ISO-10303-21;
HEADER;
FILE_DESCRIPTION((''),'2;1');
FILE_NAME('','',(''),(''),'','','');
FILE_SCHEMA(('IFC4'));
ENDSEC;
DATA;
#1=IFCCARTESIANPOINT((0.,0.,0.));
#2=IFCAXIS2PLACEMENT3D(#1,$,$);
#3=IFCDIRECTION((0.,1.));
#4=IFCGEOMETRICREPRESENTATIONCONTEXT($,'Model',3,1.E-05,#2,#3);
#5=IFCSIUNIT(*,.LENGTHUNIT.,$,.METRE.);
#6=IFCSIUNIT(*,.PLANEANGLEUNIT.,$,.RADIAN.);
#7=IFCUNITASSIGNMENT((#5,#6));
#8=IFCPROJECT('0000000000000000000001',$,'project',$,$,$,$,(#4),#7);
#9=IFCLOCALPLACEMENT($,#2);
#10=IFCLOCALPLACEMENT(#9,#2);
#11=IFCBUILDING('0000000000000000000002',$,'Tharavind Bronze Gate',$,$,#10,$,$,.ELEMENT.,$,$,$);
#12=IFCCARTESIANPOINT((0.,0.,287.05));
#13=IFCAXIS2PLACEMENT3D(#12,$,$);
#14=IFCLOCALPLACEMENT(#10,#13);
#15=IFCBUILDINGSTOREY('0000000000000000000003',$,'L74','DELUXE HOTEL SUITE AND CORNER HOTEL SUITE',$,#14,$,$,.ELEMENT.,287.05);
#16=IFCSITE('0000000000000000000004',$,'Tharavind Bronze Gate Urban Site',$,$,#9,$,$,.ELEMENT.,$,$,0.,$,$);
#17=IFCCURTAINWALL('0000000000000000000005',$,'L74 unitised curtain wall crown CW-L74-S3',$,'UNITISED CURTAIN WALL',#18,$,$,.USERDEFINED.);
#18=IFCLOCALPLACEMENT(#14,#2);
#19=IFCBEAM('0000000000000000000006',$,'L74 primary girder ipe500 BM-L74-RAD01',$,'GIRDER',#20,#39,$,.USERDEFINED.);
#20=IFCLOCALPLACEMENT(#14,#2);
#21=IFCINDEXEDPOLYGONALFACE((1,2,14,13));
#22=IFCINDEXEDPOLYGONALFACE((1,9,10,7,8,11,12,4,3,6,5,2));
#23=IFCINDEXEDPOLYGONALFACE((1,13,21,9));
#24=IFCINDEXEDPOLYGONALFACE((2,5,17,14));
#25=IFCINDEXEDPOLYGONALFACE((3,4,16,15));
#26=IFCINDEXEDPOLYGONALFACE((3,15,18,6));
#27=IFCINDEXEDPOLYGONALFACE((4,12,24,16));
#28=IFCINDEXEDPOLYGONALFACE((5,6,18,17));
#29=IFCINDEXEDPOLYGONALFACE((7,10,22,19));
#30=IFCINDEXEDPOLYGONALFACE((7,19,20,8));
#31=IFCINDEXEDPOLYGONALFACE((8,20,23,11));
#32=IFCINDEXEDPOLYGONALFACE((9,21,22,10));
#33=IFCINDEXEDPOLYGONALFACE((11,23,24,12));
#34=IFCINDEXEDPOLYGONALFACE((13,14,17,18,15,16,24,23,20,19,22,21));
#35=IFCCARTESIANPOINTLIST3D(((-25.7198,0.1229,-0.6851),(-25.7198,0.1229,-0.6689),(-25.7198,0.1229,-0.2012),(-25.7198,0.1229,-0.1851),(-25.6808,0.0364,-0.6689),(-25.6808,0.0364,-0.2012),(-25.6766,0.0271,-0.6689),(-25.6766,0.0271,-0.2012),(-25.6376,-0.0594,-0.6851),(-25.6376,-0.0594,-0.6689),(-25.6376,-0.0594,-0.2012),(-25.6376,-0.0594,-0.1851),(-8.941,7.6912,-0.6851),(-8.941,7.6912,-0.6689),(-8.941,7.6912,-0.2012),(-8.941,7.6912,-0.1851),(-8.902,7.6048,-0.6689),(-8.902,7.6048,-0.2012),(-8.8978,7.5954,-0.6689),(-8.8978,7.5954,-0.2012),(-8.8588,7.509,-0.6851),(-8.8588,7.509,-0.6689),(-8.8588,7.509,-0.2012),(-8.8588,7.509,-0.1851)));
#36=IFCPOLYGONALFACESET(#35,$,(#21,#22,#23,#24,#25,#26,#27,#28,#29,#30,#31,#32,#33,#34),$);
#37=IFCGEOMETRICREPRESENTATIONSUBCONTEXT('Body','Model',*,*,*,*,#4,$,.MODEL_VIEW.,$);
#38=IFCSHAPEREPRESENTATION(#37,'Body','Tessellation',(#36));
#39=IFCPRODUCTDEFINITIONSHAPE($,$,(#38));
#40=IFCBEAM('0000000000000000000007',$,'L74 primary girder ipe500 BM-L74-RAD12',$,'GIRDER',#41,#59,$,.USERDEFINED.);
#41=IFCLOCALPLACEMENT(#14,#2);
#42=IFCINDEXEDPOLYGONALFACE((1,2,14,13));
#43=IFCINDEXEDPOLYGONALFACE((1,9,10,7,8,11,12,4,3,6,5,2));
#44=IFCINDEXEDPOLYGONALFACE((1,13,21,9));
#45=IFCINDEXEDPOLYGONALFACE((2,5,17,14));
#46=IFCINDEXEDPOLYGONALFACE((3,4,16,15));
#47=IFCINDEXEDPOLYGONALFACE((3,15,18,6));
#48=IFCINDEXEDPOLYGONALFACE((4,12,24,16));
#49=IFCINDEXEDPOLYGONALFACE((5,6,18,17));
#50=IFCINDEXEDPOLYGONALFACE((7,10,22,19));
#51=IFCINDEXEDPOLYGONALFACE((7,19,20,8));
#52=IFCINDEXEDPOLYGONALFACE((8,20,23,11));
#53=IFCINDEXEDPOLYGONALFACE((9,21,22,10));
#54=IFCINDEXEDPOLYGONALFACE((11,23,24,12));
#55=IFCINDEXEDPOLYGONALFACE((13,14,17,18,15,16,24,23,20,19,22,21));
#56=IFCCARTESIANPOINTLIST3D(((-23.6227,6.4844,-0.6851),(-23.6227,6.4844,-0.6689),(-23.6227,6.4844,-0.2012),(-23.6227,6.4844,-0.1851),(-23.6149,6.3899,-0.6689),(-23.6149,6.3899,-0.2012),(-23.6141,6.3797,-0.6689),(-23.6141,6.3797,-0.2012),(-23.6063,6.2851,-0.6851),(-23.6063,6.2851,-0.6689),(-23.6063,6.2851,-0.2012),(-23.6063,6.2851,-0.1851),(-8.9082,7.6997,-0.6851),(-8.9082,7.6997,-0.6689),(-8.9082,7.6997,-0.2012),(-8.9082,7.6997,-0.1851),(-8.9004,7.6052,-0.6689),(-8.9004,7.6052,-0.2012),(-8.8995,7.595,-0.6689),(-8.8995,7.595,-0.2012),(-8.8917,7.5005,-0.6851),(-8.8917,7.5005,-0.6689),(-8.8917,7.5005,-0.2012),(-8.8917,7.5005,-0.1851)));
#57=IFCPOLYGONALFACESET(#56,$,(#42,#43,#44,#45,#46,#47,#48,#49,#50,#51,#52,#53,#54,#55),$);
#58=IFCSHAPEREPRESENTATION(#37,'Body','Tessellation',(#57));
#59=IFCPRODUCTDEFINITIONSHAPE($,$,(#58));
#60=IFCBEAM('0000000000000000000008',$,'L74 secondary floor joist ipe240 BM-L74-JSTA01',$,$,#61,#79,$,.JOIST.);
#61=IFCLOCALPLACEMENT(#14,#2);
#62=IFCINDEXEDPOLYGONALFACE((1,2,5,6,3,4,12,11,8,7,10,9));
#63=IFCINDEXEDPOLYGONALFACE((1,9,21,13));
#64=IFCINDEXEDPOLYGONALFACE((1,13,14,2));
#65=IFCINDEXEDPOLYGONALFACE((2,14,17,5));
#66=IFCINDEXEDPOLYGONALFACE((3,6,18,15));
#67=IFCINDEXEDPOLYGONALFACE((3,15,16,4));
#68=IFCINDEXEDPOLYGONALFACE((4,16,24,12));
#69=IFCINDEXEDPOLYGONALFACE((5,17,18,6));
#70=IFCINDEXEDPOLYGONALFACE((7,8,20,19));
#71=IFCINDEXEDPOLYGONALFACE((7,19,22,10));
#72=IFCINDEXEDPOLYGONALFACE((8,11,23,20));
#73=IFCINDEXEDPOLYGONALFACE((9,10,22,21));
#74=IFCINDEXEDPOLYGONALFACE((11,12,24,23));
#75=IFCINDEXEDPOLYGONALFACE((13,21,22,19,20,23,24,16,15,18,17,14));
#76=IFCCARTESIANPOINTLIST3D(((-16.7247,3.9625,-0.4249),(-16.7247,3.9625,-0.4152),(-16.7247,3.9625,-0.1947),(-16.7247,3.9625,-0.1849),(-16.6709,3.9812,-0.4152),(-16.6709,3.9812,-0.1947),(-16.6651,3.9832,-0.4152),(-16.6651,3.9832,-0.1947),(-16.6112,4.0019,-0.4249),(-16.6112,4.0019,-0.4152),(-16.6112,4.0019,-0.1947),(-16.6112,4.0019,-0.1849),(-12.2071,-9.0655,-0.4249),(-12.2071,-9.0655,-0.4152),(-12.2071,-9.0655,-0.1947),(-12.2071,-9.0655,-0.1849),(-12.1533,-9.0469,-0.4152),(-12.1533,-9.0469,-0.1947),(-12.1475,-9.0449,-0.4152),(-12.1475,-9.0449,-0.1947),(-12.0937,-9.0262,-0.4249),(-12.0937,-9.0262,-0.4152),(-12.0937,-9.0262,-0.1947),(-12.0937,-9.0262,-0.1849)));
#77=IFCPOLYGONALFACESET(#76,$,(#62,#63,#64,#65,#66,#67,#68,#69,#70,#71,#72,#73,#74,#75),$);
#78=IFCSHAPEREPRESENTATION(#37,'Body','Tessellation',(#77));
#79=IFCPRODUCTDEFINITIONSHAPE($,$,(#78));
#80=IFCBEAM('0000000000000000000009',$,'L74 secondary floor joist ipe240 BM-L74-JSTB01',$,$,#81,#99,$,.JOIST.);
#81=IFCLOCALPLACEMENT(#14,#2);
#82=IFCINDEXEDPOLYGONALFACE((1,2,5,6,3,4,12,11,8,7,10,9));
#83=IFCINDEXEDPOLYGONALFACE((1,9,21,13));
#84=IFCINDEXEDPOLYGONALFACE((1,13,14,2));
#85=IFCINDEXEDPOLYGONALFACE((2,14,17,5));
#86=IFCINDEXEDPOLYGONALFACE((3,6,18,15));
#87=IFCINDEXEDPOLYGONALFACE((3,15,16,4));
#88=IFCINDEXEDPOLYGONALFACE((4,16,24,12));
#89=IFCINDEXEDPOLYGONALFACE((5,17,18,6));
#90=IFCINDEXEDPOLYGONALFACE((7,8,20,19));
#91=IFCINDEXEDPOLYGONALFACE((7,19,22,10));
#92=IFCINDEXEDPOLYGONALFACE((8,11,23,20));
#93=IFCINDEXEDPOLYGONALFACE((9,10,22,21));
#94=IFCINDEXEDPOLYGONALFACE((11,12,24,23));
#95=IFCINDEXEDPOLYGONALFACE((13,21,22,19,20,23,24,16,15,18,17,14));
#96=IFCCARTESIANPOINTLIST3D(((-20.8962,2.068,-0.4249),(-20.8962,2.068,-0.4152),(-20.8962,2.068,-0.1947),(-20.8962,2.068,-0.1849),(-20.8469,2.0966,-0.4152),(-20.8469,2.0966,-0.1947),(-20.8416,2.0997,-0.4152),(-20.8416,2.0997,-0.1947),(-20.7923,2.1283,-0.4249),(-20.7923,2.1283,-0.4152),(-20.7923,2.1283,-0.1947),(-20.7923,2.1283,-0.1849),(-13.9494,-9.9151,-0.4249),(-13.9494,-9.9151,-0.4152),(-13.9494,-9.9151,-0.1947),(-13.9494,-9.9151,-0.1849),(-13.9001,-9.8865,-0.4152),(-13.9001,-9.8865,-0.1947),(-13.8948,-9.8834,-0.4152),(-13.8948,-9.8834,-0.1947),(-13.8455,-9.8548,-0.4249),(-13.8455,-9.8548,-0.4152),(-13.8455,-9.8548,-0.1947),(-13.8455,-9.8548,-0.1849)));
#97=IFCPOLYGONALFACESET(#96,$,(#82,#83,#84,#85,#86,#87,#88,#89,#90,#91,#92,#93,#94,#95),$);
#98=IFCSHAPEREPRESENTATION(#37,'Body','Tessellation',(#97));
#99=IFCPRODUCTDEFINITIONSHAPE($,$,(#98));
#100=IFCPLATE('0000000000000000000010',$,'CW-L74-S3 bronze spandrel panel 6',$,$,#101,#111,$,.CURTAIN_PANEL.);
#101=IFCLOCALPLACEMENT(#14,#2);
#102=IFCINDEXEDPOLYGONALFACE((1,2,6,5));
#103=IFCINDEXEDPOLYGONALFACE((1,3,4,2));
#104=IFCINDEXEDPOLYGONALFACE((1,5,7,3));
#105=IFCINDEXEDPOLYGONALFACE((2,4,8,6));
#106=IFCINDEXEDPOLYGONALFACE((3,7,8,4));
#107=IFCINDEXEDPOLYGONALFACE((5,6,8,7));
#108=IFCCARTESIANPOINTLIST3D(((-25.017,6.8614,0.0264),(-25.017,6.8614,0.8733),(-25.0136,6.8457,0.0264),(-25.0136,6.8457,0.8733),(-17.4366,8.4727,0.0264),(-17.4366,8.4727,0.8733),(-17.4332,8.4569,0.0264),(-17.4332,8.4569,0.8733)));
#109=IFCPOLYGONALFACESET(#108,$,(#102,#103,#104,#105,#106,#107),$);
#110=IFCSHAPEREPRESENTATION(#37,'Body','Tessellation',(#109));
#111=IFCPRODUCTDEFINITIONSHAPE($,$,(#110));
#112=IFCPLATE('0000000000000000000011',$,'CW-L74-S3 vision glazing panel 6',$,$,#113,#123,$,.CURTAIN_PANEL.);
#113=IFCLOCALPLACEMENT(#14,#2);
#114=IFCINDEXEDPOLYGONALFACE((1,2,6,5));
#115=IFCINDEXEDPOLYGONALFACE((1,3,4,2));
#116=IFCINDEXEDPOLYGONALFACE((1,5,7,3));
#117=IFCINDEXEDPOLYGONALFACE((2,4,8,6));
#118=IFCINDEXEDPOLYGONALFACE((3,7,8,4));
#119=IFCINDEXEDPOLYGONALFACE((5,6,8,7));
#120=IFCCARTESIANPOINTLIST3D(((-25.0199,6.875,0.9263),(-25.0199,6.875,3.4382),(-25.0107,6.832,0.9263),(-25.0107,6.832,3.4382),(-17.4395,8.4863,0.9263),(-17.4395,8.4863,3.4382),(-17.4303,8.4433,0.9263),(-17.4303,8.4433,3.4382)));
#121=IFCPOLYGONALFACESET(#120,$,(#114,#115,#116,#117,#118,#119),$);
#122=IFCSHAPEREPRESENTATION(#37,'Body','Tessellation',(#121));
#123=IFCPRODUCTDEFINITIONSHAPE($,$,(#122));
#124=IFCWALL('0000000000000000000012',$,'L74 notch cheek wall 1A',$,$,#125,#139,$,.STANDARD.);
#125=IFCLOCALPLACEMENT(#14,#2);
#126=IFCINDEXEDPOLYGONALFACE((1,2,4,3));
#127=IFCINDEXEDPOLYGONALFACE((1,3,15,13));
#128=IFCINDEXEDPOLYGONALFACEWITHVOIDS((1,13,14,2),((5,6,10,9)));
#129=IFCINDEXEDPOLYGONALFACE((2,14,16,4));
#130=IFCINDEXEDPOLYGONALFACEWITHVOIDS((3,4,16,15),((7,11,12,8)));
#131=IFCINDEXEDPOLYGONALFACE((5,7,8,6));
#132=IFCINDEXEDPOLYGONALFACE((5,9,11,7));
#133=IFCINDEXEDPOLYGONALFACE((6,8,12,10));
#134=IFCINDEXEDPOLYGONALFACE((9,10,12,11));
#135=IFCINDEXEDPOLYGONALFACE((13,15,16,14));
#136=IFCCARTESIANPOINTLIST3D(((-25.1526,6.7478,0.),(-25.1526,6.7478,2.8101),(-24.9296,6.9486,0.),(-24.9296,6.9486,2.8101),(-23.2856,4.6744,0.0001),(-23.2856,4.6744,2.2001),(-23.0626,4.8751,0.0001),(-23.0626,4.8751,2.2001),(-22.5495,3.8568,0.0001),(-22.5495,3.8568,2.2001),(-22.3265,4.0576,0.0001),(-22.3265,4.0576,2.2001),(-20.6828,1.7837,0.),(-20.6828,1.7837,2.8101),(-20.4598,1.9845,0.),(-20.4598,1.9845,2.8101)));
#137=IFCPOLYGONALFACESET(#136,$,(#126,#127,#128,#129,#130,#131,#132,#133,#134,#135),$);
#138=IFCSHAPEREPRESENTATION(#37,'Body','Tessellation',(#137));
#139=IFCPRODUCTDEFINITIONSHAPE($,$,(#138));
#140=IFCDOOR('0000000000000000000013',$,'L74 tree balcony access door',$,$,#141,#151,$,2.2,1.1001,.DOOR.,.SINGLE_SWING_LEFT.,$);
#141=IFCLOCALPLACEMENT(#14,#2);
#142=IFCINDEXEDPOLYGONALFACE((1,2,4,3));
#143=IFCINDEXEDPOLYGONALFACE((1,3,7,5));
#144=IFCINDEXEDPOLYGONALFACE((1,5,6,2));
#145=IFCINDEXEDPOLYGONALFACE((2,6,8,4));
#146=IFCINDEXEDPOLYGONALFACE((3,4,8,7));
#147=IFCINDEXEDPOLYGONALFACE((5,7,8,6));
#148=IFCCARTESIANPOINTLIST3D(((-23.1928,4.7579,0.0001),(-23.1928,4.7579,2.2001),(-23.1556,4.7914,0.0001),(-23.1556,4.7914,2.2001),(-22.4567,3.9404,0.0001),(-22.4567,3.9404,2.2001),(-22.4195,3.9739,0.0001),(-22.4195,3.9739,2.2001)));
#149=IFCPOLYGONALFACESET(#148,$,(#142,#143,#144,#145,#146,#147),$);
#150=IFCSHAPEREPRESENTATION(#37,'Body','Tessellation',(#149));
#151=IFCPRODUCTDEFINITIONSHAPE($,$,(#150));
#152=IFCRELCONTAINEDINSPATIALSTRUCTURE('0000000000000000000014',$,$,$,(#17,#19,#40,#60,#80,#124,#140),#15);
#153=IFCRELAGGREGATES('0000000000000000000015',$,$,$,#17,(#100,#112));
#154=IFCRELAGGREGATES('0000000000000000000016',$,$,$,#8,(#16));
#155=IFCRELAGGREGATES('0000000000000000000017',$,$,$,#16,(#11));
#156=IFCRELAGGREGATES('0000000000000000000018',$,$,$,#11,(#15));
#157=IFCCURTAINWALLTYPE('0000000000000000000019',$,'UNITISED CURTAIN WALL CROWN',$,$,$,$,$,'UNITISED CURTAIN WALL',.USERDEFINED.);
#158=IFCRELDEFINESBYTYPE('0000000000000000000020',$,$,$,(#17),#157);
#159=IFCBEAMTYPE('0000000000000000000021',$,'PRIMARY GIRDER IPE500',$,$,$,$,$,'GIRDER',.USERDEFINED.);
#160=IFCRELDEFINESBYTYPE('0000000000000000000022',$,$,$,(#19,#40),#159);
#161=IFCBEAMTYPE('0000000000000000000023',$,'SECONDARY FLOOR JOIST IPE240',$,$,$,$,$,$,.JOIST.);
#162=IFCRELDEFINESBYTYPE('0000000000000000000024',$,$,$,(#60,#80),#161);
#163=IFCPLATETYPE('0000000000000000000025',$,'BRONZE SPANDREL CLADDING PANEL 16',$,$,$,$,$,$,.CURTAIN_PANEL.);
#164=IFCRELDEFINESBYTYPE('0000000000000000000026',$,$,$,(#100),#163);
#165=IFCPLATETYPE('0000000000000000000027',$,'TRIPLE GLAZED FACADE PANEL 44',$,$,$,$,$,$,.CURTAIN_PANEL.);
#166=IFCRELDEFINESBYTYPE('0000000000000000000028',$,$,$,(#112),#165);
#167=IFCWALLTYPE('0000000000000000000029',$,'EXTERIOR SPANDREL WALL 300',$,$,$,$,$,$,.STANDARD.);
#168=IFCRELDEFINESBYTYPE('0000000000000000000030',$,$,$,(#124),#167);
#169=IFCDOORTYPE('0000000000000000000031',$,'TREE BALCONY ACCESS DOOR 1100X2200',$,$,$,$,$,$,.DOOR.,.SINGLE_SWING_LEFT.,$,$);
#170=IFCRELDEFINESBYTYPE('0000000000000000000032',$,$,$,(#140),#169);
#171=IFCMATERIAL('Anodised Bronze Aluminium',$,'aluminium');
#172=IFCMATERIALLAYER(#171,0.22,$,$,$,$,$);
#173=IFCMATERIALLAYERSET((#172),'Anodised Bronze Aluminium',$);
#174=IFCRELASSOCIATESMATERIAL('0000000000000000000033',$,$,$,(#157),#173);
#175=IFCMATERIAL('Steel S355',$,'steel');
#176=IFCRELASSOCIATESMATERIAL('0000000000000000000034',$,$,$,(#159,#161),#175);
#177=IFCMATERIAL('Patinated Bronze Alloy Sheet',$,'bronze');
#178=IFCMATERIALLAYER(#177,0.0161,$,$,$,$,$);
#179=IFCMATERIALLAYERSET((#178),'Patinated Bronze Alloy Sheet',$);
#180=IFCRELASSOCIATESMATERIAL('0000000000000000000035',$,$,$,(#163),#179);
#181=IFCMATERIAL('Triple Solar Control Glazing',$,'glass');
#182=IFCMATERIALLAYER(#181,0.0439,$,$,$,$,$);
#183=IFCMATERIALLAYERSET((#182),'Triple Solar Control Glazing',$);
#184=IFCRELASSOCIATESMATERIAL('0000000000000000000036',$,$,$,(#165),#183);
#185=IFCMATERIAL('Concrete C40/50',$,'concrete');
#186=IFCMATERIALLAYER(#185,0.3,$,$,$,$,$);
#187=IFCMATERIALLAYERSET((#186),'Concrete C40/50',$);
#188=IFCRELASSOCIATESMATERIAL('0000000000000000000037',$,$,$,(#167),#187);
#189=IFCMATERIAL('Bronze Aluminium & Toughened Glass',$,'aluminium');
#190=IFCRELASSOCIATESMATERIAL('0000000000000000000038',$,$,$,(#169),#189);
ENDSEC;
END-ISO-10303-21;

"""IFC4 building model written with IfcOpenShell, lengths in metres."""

from ifc_helpers import new_model, si_unit, direction, frame, frame_2d, origin, origin_2d, place, context, subcontext, project, spatial, rectangle, i_section, extrude, material, layer, layer_set, material_profile, profile_set, type_object, element, fill, aggregate, save


model = new_model("IFC4")

# Units and contexts
model_context = context("Model", 3, precision=1e-05, world=origin(), true_north=direction((0.0, 1.0)))
body_context = subcontext(model_context, "Body", "Model", "MODEL_VIEW")
ifc_project = project(units=[si_unit("LENGTHUNIT", "METRE"), si_unit("PLANEANGLEUNIT", "RADIAN")], contexts=[model_context])

# Site, building, storey
site_placement = place(None, origin())
site = spatial("IfcSite", under=ifc_project, at=site_placement, Name="Tharavind Bronze Gate Urban Site", CompositionType="ELEMENT", RefElevation=0.0)
building_placement = place(site_placement, origin())
building = spatial("IfcBuilding", under=site, at=building_placement, Name="Tharavind Bronze Gate", CompositionType="ELEMENT")
storey_placement = place(building_placement, frame((0.0, 0.0, 287.05)))
storey = spatial("IfcBuildingStorey", under=building, at=storey_placement, Name="L74", Description="DELUXE HOTEL SUITE AND CORNER HOTEL SUITE", CompositionType="ELEMENT", Elevation=287.05)

# Shared definitions
ifc_material_1 = material(Name="Anodised Bronze Aluminium", Category="aluminium")
ifc_layer_1 = layer(ifc_material_1, 0.22)
ifc_layer_set_1 = layer_set([ifc_layer_1], Name="Anodised Bronze Aluminium")
curtain_wall_type = type_object("IfcCurtainWallType", Name="UNITISED CURTAIN WALL CROWN", ElementType="UNITISED CURTAIN WALL", PredefinedType="USERDEFINED", material=ifc_layer_set_1)

# Curtain wall
curtain_wall_1_placement = place(storey_placement, origin())
curtain_wall_1 = element("IfcCurtainWall", 1, at=curtain_wall_1_placement, inside=storey, type_object=curtain_wall_type, Name="L74 unitised curtain wall crown CW-L74-S3", ObjectType="UNITISED CURTAIN WALL", PredefinedType="USERDEFINED")

# Beams
ifc_material_2 = material(Name="Steel S355", Category="steel")
ifc_material_profile_1 = material_profile(ifc_material_2, i_section(OverallWidth=0.2, OverallDepth=0.5, WebThickness=0.0103, FlangeThickness=0.0161, at=origin_2d()), Name="IPE500")
ifc_profile_set_1 = profile_set([ifc_material_profile_1], Name="Steel S355")
beam_type_1 = type_object("IfcBeamType", Name="PRIMARY GIRDER IPE500", ElementType="GIRDER", PredefinedType="USERDEFINED", material=ifc_profile_set_1)
beam_1_placement = place(storey_placement, frame((-25.6787, 0.0317, -0.4351), z_axis=(0.911557, 0.411173, 0.0), x_axis=(-0.411173, 0.911557, 0.0)))
element("IfcBeam", 2, at=beam_1_placement, inside=storey, type_object=beam_type_1, Name="L74 primary girder ipe500 BM-L74-RAD01", ObjectType="GIRDER", PredefinedType="USERDEFINED", context=body_context, shape_type="SweptSolid", body=[
    extrude(i_section(OverallWidth=0.2, OverallDepth=0.5, WebThickness=0.0103, FlangeThickness=0.0161, at=origin_2d()), origin(), (0.0, 0.0, 1.0), 18.4067),
])
beam_2_placement = place(storey_placement, frame((-23.6145, 6.3848, -0.4351), z_axis=(0.996606, 0.082313, 0.0), x_axis=(-0.082313, 0.996606, 0.0)))
element("IfcBeam", 3, at=beam_2_placement, inside=storey, type_object=beam_type_1, Name="L74 primary girder ipe500 BM-L74-RAD12", ObjectType="GIRDER", PredefinedType="USERDEFINED", context=body_context, shape_type="SweptSolid", body=[
    extrude(i_section(OverallWidth=0.2, OverallDepth=0.5, WebThickness=0.0103, FlangeThickness=0.0161, at=origin_2d()), origin(), (0.0, 0.0, 1.0), 14.7646),
])
ifc_material_profile_2 = material_profile(ifc_material_2, i_section(OverallWidth=0.1201, OverallDepth=0.24, WebThickness=0.0061, FlangeThickness=0.0098, at=origin_2d()), Name="IPE240")
ifc_profile_set_2 = profile_set([ifc_material_profile_2], Name="Steel S355")
beam_type_2 = type_object("IfcBeamType", Name="SECONDARY FLOOR JOIST IPE240", PredefinedType="JOIST", material=ifc_profile_set_2)
beam_3_placement = place(storey_placement, frame((-16.668, 3.9822, -0.3049), z_axis=(0.32762, -0.94481, 0.0), x_axis=(0.94481, 0.32762, 0.0)))
element("IfcBeam", 4, at=beam_3_placement, inside=storey, type_object=beam_type_2, Name="L74 secondary floor joist ipe240 BM-L74-JSTA01", PredefinedType="JOIST", context=body_context, shape_type="SweptSolid", body=[
    extrude(i_section(OverallWidth=0.1201, OverallDepth=0.24, WebThickness=0.0061, FlangeThickness=0.0098, at=origin_2d()), origin(), (0.0, 0.0, 1.0), 13.7891),
])
beam_4_placement = place(storey_placement, frame((-20.8442, 2.0981, -0.3049), z_axis=(0.501532, -0.865139, 0.0), x_axis=(0.865139, 0.501532, 0.0)))
element("IfcBeam", 5, at=beam_4_placement, inside=storey, type_object=beam_type_2, Name="L74 secondary floor joist ipe240 BM-L74-JSTB01", PredefinedType="JOIST", context=body_context, shape_type="SweptSolid", body=[
    extrude(i_section(OverallWidth=0.1201, OverallDepth=0.24, WebThickness=0.0061, FlangeThickness=0.0098, at=origin_2d()), origin(), (0.0, 0.0, 1.0), 13.8511),
])

# Plates
ifc_material_3 = material(Name="Patinated Bronze Alloy Sheet", Category="bronze")
ifc_layer_2 = layer(ifc_material_3, 0.0161)
ifc_layer_set_2 = layer_set([ifc_layer_2], Name="Patinated Bronze Alloy Sheet")
plate_type_1 = type_object("IfcPlateType", Name="BRONZE SPANDREL CLADDING PANEL 16", PredefinedType="CURTAIN_PANEL", material=ifc_layer_set_2)
plate_1_placement = place(storey_placement, frame((-21.2251, 7.6592, 0.0264), z_axis=(0.0, 0.0, 1.0), x_axis=(-0.978147, -0.207913, 0.0)))
plate_1 = element("IfcPlate", 6, at=plate_1_placement, type_object=plate_type_1, Name="CW-L74-S3 bronze spandrel panel 6", PredefinedType="CURTAIN_PANEL", context=body_context, shape_type="SweptSolid", body=[
    extrude(rectangle(XDim=7.7498, YDim=0.0161, at=origin_2d()), origin(), (0.0, 0.0, 1.0), 0.8469),
])
ifc_material_4 = material(Name="Triple Solar Control Glazing", Category="glass")
ifc_layer_3 = layer(ifc_material_4, 0.0439)
ifc_layer_set_3 = layer_set([ifc_layer_3], Name="Triple Solar Control Glazing")
plate_type_2 = type_object("IfcPlateType", Name="TRIPLE GLAZED FACADE PANEL 44", PredefinedType="CURTAIN_PANEL", material=ifc_layer_set_3)
plate_2_placement = place(storey_placement, frame((-21.2251, 7.6592, 0.9263), z_axis=(0.0, 0.0, 1.0), x_axis=(-0.978147, -0.207913, 0.0)))
plate_2 = element("IfcPlate", 7, at=plate_2_placement, type_object=plate_type_2, Name="CW-L74-S3 vision glazing panel 6", PredefinedType="CURTAIN_PANEL", context=body_context, shape_type="SweptSolid", body=[
    extrude(rectangle(XDim=7.7498, YDim=0.0439, at=origin_2d()), origin(), (0.0, 0.0, 1.0), 2.512),
])
aggregate(curtain_wall_1, [plate_1, plate_2])

# Wall, opening, door
ifc_material_5 = material(Name="Concrete C40/50", Category="concrete")
ifc_layer_4 = layer(ifc_material_5, 0.3)
ifc_layer_set_4 = layer_set([ifc_layer_4], Name="Concrete C40/50")
wall_type_1 = type_object("IfcWallType", Name="EXTERIOR SPANDREL WALL 300", PredefinedType="STANDARD", material=ifc_layer_set_4)
wall_1_placement = place(storey_placement, frame((-25.041, 6.8481, 0.0), z_axis=(0.0, 0.0, 1.0), x_axis=(0.669132, -0.743143, 0.0)))
wall_1 = element("IfcWall", 8, at=wall_1_placement, inside=storey, type_object=wall_type_1, Name="L74 notch cheek wall 1A", PredefinedType="STANDARD", context=body_context, shape_type="SweptSolid", body=[
    extrude(rectangle(XDim=6.6799, YDim=0.3, at=frame_2d((3.3398, 0.0))), origin(), (0.0, 0.0, 1.0), 2.8101),
])
opening_1_placement = place(wall_1_placement, frame((2.79, 0.0, 0.0)))
opening_1 = element("IfcOpeningElement", 9, at=opening_1_placement, cuts=wall_1, PredefinedType="OPENING", context=body_context, shape_type="SweptSolid", body=[
    extrude(rectangle(XDim=1.1001, YDim=2.2, at=frame_2d((0.55, 1.1001))), frame((0.0, 0.1599, 0.0), z_axis=(0.0, -1.0, 0.0), x_axis=(1.0, 0.0, 0.0)), (0.0, 0.0, 1.0), 0.32),
])
ifc_material_6 = material(Name="Bronze Aluminium & Toughened Glass", Category="aluminium")
door_type_1 = type_object("IfcDoorType", Name="TREE BALCONY ACCESS DOOR 1100X2200", OperationType="SINGLE_SWING_LEFT", PredefinedType="DOOR", material=ifc_material_6)
door_1_placement = place(opening_1_placement, origin())
door_1 = element("IfcDoor", 10, at=door_1_placement, inside=storey, type_object=door_type_1, Name="L74 tree balcony access door", OperationType="SINGLE_SWING_LEFT", OverallHeight=2.2, OverallWidth=1.1001, PredefinedType="DOOR", context=body_context, shape_type="SweptSolid", body=[
    extrude(rectangle(XDim=1.1001, YDim=2.2, at=frame_2d((0.55, 1.1001))), frame((0.0, 0.0249, 0.0), z_axis=(0.0, -1.0, 0.0), x_axis=(1.0, 0.0, 0.0)), (0.0, 0.0, 1.0), 0.05),
])
fill(opening_1, door_1)

save(model, "model.ifc")
